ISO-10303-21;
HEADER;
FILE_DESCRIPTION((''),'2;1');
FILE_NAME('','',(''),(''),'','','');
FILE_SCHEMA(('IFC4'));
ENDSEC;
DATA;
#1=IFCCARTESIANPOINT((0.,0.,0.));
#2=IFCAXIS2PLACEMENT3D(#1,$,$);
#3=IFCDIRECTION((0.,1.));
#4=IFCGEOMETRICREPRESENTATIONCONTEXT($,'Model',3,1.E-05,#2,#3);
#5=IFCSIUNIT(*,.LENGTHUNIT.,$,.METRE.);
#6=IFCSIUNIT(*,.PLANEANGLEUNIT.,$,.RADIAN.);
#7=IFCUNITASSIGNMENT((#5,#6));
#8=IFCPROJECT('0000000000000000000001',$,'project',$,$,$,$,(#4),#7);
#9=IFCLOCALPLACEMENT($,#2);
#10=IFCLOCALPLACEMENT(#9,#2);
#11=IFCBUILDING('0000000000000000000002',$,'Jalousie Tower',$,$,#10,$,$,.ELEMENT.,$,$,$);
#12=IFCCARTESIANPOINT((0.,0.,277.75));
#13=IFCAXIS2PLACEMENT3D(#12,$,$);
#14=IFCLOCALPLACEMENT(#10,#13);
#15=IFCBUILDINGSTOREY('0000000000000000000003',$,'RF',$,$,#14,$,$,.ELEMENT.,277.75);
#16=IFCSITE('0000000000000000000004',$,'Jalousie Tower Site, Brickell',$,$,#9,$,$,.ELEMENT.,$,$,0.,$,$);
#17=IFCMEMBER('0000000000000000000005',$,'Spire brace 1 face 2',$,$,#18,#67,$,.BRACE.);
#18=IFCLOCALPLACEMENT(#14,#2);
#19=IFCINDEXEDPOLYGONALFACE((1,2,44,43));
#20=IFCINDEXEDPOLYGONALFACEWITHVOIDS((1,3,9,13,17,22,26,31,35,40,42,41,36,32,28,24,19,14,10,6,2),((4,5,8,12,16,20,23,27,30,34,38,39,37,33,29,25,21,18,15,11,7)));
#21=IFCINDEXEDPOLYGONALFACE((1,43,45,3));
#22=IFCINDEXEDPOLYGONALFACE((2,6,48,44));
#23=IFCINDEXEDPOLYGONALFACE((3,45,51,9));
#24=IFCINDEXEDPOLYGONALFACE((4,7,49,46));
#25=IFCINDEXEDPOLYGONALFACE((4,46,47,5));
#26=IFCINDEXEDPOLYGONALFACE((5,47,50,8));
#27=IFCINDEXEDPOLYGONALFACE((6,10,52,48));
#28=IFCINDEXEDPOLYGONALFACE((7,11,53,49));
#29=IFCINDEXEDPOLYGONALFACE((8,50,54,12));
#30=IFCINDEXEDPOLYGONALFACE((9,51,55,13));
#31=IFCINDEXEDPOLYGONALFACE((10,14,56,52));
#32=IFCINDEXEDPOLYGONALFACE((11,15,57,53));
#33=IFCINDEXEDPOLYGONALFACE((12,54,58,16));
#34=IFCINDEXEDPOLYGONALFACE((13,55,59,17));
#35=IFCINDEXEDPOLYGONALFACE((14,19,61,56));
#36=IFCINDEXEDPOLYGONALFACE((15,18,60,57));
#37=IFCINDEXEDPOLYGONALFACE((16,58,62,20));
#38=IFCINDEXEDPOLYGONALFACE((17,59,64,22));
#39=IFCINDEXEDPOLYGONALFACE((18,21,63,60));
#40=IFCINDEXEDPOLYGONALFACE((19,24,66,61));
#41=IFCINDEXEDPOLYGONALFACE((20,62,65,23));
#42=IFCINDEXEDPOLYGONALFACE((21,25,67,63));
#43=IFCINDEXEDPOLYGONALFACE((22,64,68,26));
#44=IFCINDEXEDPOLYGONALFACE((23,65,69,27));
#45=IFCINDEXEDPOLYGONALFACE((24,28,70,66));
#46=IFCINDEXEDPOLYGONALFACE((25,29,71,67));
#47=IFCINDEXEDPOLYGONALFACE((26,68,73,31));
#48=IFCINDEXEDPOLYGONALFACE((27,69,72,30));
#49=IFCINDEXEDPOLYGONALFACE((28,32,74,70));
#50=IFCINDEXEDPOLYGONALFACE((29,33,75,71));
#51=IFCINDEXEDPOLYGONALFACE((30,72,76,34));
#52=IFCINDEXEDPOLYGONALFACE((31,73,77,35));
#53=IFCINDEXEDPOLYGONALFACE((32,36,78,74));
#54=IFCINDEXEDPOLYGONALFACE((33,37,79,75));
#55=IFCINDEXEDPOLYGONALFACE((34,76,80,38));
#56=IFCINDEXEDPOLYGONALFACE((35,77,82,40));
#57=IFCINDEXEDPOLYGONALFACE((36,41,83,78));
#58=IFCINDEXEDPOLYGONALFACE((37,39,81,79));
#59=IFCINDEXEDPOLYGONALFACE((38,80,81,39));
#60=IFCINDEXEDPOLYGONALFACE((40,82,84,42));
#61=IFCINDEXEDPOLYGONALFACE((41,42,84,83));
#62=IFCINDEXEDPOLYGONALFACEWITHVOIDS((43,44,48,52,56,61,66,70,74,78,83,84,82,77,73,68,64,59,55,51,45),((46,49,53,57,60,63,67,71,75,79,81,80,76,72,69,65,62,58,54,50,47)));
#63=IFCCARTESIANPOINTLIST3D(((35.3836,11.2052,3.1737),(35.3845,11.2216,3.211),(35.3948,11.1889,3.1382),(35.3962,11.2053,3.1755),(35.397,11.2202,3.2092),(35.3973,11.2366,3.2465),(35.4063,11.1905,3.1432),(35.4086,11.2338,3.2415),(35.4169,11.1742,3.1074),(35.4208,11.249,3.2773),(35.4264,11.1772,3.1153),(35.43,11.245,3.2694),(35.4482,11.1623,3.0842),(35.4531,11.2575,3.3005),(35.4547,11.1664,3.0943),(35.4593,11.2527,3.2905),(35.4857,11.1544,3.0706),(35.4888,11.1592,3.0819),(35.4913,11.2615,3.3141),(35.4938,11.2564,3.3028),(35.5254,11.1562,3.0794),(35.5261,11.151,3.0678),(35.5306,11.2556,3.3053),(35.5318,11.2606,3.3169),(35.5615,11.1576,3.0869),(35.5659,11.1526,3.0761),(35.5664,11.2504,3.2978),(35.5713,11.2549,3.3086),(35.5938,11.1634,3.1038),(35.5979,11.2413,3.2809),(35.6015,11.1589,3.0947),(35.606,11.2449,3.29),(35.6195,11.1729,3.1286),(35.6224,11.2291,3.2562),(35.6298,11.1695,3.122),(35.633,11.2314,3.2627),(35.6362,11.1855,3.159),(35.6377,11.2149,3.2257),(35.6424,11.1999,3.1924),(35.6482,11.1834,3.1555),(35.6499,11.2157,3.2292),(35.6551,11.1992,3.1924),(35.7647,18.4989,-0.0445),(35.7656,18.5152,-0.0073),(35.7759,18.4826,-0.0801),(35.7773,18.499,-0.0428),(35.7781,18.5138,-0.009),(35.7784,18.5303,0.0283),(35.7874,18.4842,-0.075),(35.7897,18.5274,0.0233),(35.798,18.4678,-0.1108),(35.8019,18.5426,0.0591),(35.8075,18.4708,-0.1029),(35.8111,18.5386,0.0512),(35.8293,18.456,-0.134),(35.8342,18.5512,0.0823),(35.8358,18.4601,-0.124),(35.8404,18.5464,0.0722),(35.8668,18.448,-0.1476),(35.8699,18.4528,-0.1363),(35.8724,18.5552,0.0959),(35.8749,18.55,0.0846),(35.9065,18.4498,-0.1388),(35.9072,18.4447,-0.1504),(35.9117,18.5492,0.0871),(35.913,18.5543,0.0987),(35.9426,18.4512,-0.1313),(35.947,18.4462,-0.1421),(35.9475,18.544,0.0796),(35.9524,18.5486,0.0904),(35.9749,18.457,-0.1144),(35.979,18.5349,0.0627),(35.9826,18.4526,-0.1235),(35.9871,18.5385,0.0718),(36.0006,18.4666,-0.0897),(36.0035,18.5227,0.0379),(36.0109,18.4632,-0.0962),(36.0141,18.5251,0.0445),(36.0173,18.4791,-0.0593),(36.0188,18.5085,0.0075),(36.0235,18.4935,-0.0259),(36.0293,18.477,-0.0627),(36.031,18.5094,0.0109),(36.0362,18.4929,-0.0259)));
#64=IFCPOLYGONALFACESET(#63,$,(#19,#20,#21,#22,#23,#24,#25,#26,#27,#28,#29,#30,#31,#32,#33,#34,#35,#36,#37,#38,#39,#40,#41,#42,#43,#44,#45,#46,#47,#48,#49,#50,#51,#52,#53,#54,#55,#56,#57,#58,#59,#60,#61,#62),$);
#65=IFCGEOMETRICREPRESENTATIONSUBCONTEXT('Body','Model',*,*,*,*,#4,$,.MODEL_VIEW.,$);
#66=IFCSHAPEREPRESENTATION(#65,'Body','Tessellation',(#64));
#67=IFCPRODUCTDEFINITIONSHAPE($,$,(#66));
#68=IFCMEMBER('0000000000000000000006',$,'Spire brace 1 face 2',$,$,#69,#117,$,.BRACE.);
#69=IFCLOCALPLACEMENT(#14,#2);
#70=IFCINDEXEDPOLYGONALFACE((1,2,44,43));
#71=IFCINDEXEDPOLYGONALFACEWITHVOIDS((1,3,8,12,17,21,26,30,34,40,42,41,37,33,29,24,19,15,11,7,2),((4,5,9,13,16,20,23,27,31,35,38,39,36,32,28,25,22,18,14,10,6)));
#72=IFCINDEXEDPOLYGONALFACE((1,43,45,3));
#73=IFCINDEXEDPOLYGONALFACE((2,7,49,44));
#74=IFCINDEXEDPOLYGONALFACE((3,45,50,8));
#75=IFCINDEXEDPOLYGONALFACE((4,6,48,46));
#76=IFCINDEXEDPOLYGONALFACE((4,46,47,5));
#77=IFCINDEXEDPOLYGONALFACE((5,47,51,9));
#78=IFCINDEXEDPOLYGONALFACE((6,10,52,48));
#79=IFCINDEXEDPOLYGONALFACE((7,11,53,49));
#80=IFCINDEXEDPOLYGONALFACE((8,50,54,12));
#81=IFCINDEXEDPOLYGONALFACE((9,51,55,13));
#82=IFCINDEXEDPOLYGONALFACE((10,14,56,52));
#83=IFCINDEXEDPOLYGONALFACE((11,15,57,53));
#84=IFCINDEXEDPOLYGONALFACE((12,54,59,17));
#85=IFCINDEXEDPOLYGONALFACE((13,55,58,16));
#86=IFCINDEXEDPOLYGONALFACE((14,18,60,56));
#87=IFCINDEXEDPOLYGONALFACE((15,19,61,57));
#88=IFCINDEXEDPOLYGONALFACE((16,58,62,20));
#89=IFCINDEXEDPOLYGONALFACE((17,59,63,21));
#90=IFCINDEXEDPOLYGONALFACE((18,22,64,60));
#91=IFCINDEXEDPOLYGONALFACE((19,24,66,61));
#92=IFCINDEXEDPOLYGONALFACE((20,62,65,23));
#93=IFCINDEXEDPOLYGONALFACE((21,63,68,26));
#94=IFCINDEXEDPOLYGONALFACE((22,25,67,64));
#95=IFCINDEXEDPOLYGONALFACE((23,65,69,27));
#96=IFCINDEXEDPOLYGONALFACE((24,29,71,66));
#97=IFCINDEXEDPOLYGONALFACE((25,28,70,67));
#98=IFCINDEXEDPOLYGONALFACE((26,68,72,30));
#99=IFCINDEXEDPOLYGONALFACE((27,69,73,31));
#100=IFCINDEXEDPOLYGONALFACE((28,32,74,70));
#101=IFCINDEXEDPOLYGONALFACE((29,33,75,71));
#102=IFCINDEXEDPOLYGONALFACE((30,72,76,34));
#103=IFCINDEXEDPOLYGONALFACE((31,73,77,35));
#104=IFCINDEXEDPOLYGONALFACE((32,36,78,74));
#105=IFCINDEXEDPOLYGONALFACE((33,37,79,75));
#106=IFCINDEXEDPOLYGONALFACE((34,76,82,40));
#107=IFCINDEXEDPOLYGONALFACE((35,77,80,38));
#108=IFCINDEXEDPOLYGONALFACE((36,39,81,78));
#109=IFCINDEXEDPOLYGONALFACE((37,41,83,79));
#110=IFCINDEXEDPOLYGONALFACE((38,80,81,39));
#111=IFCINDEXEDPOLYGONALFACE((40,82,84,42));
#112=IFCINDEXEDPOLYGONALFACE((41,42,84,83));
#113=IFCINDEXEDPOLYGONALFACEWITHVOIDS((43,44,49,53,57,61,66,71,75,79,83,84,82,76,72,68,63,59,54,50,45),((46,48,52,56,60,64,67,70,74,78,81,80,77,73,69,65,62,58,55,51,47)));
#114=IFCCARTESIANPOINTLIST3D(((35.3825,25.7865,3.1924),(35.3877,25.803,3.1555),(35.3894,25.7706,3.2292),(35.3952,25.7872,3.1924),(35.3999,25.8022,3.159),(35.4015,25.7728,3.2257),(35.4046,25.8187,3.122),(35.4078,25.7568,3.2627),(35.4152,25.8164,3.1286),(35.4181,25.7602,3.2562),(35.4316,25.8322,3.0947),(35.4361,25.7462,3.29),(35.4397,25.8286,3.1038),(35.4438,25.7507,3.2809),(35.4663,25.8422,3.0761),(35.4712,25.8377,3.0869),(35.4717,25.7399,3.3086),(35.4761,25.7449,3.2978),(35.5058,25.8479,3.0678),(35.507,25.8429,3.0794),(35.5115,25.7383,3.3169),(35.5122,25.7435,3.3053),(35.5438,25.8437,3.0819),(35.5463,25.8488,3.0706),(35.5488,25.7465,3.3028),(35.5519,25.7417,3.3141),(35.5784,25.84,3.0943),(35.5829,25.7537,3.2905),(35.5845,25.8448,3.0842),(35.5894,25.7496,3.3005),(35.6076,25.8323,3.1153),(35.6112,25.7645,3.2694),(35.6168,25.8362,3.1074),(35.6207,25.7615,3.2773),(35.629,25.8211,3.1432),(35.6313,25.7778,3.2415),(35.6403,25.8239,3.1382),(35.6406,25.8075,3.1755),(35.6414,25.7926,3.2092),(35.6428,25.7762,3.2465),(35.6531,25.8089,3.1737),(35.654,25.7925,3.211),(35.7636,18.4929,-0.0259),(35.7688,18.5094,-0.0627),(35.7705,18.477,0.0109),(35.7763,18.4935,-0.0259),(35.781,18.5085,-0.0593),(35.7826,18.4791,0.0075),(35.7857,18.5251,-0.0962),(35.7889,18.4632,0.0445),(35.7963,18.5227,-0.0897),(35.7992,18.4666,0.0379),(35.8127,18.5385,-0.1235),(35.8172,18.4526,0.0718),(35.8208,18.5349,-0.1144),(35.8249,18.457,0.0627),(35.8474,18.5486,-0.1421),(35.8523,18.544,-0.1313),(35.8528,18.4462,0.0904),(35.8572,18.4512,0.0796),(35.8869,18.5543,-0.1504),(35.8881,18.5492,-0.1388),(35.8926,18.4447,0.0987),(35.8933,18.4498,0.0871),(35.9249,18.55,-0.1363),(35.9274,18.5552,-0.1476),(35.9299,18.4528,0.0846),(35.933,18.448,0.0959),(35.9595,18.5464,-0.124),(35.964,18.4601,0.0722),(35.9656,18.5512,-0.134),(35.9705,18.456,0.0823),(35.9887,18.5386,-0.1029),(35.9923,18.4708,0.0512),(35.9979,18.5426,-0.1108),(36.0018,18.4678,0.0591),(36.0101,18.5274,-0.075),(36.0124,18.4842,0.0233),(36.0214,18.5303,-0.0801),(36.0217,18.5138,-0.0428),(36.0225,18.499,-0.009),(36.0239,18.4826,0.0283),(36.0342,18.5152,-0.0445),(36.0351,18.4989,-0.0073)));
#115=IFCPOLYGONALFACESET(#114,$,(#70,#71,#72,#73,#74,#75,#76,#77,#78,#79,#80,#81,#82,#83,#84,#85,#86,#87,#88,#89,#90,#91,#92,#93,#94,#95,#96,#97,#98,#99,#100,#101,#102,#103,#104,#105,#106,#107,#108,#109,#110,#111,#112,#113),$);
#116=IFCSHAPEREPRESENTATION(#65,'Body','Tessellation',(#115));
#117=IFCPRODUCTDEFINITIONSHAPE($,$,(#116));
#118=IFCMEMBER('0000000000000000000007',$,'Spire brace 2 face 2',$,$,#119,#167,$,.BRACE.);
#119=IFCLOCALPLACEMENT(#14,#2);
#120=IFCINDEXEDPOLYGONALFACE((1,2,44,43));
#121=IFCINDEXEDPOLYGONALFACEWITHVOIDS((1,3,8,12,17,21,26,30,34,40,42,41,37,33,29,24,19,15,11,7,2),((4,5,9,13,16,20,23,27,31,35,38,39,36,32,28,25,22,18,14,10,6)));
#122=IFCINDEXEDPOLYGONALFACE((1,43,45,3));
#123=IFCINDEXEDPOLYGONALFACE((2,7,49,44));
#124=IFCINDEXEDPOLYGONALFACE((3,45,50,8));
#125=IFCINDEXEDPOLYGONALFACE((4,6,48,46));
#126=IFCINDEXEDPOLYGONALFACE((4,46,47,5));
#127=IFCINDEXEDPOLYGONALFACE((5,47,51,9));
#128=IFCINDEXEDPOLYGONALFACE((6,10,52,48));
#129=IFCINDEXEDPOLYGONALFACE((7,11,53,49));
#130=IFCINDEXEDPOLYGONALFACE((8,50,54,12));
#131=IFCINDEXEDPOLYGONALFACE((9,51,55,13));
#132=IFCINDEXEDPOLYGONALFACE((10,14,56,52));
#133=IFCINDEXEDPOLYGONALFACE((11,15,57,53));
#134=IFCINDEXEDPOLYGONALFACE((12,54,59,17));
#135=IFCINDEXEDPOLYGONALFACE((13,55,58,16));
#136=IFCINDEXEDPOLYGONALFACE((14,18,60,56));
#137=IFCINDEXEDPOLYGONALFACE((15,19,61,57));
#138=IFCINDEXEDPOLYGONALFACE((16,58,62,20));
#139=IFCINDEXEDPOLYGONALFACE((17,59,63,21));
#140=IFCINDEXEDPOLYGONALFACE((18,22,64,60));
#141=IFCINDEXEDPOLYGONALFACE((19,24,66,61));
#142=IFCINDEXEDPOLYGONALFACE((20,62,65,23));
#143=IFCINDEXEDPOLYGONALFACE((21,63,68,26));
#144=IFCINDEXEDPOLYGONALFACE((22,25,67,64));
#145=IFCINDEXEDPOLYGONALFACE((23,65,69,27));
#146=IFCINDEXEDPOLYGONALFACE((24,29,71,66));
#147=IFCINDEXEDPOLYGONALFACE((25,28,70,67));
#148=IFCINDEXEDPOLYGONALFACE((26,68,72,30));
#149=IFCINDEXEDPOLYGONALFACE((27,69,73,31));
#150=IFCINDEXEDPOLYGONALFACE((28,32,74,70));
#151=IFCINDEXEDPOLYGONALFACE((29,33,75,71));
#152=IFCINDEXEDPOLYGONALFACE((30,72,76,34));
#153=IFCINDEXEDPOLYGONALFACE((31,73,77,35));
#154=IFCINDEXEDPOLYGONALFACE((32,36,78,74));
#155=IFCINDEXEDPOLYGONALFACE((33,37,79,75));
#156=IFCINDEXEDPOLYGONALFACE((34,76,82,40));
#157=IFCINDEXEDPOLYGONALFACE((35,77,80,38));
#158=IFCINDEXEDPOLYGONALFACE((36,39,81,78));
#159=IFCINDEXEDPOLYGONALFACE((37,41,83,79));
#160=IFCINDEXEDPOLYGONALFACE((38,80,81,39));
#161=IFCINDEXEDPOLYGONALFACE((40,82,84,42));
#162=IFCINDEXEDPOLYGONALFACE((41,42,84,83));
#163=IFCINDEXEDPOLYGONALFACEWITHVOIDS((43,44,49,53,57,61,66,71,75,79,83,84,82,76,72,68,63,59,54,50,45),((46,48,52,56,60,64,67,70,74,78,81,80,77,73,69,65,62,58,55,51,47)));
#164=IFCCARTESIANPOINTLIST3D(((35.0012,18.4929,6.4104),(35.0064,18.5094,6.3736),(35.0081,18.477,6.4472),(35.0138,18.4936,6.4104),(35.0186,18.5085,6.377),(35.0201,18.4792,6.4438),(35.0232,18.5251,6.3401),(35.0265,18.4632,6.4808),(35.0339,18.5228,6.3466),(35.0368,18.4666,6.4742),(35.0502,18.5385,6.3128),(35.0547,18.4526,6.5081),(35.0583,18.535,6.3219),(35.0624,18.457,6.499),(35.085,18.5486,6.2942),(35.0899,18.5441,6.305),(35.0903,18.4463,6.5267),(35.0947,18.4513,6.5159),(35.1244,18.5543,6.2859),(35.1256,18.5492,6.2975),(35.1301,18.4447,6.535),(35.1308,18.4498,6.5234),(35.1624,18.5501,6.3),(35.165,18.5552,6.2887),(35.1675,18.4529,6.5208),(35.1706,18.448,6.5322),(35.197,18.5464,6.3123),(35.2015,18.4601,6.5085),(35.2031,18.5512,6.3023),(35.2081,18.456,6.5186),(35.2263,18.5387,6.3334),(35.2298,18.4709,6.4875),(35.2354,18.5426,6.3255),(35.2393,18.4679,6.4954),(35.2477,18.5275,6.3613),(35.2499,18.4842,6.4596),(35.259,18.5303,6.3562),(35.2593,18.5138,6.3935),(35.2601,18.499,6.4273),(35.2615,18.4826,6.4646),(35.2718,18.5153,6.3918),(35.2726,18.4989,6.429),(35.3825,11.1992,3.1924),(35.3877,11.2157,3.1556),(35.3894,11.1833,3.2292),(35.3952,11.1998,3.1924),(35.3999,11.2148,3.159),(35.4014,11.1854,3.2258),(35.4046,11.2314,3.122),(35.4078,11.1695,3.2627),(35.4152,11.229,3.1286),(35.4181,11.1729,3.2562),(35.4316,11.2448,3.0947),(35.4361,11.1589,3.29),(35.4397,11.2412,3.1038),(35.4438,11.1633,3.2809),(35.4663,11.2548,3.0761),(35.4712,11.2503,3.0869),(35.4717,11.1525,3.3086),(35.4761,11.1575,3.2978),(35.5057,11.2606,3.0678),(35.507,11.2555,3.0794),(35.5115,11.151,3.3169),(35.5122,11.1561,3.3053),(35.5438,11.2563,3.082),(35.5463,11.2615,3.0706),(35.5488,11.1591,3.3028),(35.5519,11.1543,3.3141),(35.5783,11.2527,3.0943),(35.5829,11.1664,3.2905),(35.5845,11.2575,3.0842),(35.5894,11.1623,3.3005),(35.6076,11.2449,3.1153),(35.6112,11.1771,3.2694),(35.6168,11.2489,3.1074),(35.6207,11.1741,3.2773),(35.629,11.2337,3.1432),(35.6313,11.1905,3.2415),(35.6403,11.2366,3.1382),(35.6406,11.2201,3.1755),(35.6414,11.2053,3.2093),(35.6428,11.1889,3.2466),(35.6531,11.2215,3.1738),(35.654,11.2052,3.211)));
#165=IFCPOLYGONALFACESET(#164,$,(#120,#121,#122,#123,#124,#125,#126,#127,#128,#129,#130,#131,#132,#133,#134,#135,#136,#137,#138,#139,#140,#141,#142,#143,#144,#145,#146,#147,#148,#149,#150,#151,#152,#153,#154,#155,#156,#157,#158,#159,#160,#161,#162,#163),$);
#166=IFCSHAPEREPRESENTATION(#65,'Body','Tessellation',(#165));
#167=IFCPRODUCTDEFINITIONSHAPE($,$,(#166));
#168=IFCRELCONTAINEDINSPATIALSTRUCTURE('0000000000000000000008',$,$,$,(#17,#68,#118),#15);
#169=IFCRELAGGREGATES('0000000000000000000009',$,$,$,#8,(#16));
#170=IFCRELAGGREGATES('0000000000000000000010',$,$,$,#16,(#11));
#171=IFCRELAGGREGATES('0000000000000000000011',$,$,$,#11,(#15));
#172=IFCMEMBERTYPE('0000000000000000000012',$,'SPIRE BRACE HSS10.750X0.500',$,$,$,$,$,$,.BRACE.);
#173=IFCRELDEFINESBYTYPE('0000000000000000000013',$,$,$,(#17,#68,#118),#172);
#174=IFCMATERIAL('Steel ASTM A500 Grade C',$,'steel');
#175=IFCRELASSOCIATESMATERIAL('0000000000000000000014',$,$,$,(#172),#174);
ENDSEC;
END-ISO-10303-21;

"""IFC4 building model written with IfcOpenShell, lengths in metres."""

from ifc_helpers import new_model, si_unit, direction, frame, origin, origin_2d, place, context, subcontext, project, spatial, hollow_circle, extrude, material, material_profile, profile_set, type_object, element, save


model = new_model("IFC4")

# Units and contexts
model_context = context("Model", 3, precision=1e-05, world=origin(), true_north=direction((0.0, 1.0)))
body_context = subcontext(model_context, "Body", "Model", "MODEL_VIEW")
ifc_project = project(units=[si_unit("LENGTHUNIT", "METRE"), si_unit("PLANEANGLEUNIT", "RADIAN")], contexts=[model_context])

# Site, building, storey
site_placement = place(None, origin())
site = spatial("IfcSite", under=ifc_project, at=site_placement, Name="Jalousie Tower Site, Brickell", CompositionType="ELEMENT", RefElevation=0.0)
building_placement = place(site_placement, origin())
building = spatial("IfcBuilding", under=site, at=building_placement, Name="Jalousie Tower", CompositionType="ELEMENT")
storey_placement = place(building_placement, frame((0.0, 0.0, 277.75)))
storey = spatial("IfcBuildingStorey", under=building, at=storey_placement, Name="RF", CompositionType="ELEMENT", Elevation=277.75)

# Members
ifc_material_1 = material(Name="Steel ASTM A500 Grade C", Category="steel")
ifc_material_profile_1 = material_profile(ifc_material_1, hollow_circle(Radius=0.1365, WallThickness=0.0127, at=origin_2d()), Name="HSS10.750X0.500")
ifc_profile_set_1 = profile_set([ifc_material_profile_1], Name="Steel ASTM A500 Grade C")
member_type_1 = type_object("IfcMemberType", Name="SPIRE BRACE HSS10.750X0.500", PredefinedType="BRACE", material=ifc_profile_set_1)
for number, where, z_axis, x_axis, name in (
    (1, (35.8999, 18.5, -0.0259), (-0.04775, -0.913853, 0.403227), (0.998638, -0.05218, 0.0), "Spire brace 1 face 2"),
    (2, (35.8999, 18.5, -0.0259), (-0.04775, 0.913853, 0.403227), (-0.998638, -0.05218, 0.0), "Spire brace 1 face 2"),
    (3, (35.5188, 11.2063, 3.1924), (-0.047781, 0.913863, 0.403201), (-0.998636, -0.052213, 0.0), "Spire brace 2 face 2"),
):
    element("IfcMember", number, at=place(storey_placement, frame(where, z_axis=z_axis, x_axis=x_axis)), inside=storey, type_object=member_type_1, Name=name, PredefinedType="BRACE", context=body_context, shape_type="SweptSolid", body=[
        extrude(hollow_circle(Radius=0.1365, WallThickness=0.0127, at=origin_2d()), origin(), (0.0, 0.0, 1.0), 7.9812),
    ])

save(model, "model.ifc")
